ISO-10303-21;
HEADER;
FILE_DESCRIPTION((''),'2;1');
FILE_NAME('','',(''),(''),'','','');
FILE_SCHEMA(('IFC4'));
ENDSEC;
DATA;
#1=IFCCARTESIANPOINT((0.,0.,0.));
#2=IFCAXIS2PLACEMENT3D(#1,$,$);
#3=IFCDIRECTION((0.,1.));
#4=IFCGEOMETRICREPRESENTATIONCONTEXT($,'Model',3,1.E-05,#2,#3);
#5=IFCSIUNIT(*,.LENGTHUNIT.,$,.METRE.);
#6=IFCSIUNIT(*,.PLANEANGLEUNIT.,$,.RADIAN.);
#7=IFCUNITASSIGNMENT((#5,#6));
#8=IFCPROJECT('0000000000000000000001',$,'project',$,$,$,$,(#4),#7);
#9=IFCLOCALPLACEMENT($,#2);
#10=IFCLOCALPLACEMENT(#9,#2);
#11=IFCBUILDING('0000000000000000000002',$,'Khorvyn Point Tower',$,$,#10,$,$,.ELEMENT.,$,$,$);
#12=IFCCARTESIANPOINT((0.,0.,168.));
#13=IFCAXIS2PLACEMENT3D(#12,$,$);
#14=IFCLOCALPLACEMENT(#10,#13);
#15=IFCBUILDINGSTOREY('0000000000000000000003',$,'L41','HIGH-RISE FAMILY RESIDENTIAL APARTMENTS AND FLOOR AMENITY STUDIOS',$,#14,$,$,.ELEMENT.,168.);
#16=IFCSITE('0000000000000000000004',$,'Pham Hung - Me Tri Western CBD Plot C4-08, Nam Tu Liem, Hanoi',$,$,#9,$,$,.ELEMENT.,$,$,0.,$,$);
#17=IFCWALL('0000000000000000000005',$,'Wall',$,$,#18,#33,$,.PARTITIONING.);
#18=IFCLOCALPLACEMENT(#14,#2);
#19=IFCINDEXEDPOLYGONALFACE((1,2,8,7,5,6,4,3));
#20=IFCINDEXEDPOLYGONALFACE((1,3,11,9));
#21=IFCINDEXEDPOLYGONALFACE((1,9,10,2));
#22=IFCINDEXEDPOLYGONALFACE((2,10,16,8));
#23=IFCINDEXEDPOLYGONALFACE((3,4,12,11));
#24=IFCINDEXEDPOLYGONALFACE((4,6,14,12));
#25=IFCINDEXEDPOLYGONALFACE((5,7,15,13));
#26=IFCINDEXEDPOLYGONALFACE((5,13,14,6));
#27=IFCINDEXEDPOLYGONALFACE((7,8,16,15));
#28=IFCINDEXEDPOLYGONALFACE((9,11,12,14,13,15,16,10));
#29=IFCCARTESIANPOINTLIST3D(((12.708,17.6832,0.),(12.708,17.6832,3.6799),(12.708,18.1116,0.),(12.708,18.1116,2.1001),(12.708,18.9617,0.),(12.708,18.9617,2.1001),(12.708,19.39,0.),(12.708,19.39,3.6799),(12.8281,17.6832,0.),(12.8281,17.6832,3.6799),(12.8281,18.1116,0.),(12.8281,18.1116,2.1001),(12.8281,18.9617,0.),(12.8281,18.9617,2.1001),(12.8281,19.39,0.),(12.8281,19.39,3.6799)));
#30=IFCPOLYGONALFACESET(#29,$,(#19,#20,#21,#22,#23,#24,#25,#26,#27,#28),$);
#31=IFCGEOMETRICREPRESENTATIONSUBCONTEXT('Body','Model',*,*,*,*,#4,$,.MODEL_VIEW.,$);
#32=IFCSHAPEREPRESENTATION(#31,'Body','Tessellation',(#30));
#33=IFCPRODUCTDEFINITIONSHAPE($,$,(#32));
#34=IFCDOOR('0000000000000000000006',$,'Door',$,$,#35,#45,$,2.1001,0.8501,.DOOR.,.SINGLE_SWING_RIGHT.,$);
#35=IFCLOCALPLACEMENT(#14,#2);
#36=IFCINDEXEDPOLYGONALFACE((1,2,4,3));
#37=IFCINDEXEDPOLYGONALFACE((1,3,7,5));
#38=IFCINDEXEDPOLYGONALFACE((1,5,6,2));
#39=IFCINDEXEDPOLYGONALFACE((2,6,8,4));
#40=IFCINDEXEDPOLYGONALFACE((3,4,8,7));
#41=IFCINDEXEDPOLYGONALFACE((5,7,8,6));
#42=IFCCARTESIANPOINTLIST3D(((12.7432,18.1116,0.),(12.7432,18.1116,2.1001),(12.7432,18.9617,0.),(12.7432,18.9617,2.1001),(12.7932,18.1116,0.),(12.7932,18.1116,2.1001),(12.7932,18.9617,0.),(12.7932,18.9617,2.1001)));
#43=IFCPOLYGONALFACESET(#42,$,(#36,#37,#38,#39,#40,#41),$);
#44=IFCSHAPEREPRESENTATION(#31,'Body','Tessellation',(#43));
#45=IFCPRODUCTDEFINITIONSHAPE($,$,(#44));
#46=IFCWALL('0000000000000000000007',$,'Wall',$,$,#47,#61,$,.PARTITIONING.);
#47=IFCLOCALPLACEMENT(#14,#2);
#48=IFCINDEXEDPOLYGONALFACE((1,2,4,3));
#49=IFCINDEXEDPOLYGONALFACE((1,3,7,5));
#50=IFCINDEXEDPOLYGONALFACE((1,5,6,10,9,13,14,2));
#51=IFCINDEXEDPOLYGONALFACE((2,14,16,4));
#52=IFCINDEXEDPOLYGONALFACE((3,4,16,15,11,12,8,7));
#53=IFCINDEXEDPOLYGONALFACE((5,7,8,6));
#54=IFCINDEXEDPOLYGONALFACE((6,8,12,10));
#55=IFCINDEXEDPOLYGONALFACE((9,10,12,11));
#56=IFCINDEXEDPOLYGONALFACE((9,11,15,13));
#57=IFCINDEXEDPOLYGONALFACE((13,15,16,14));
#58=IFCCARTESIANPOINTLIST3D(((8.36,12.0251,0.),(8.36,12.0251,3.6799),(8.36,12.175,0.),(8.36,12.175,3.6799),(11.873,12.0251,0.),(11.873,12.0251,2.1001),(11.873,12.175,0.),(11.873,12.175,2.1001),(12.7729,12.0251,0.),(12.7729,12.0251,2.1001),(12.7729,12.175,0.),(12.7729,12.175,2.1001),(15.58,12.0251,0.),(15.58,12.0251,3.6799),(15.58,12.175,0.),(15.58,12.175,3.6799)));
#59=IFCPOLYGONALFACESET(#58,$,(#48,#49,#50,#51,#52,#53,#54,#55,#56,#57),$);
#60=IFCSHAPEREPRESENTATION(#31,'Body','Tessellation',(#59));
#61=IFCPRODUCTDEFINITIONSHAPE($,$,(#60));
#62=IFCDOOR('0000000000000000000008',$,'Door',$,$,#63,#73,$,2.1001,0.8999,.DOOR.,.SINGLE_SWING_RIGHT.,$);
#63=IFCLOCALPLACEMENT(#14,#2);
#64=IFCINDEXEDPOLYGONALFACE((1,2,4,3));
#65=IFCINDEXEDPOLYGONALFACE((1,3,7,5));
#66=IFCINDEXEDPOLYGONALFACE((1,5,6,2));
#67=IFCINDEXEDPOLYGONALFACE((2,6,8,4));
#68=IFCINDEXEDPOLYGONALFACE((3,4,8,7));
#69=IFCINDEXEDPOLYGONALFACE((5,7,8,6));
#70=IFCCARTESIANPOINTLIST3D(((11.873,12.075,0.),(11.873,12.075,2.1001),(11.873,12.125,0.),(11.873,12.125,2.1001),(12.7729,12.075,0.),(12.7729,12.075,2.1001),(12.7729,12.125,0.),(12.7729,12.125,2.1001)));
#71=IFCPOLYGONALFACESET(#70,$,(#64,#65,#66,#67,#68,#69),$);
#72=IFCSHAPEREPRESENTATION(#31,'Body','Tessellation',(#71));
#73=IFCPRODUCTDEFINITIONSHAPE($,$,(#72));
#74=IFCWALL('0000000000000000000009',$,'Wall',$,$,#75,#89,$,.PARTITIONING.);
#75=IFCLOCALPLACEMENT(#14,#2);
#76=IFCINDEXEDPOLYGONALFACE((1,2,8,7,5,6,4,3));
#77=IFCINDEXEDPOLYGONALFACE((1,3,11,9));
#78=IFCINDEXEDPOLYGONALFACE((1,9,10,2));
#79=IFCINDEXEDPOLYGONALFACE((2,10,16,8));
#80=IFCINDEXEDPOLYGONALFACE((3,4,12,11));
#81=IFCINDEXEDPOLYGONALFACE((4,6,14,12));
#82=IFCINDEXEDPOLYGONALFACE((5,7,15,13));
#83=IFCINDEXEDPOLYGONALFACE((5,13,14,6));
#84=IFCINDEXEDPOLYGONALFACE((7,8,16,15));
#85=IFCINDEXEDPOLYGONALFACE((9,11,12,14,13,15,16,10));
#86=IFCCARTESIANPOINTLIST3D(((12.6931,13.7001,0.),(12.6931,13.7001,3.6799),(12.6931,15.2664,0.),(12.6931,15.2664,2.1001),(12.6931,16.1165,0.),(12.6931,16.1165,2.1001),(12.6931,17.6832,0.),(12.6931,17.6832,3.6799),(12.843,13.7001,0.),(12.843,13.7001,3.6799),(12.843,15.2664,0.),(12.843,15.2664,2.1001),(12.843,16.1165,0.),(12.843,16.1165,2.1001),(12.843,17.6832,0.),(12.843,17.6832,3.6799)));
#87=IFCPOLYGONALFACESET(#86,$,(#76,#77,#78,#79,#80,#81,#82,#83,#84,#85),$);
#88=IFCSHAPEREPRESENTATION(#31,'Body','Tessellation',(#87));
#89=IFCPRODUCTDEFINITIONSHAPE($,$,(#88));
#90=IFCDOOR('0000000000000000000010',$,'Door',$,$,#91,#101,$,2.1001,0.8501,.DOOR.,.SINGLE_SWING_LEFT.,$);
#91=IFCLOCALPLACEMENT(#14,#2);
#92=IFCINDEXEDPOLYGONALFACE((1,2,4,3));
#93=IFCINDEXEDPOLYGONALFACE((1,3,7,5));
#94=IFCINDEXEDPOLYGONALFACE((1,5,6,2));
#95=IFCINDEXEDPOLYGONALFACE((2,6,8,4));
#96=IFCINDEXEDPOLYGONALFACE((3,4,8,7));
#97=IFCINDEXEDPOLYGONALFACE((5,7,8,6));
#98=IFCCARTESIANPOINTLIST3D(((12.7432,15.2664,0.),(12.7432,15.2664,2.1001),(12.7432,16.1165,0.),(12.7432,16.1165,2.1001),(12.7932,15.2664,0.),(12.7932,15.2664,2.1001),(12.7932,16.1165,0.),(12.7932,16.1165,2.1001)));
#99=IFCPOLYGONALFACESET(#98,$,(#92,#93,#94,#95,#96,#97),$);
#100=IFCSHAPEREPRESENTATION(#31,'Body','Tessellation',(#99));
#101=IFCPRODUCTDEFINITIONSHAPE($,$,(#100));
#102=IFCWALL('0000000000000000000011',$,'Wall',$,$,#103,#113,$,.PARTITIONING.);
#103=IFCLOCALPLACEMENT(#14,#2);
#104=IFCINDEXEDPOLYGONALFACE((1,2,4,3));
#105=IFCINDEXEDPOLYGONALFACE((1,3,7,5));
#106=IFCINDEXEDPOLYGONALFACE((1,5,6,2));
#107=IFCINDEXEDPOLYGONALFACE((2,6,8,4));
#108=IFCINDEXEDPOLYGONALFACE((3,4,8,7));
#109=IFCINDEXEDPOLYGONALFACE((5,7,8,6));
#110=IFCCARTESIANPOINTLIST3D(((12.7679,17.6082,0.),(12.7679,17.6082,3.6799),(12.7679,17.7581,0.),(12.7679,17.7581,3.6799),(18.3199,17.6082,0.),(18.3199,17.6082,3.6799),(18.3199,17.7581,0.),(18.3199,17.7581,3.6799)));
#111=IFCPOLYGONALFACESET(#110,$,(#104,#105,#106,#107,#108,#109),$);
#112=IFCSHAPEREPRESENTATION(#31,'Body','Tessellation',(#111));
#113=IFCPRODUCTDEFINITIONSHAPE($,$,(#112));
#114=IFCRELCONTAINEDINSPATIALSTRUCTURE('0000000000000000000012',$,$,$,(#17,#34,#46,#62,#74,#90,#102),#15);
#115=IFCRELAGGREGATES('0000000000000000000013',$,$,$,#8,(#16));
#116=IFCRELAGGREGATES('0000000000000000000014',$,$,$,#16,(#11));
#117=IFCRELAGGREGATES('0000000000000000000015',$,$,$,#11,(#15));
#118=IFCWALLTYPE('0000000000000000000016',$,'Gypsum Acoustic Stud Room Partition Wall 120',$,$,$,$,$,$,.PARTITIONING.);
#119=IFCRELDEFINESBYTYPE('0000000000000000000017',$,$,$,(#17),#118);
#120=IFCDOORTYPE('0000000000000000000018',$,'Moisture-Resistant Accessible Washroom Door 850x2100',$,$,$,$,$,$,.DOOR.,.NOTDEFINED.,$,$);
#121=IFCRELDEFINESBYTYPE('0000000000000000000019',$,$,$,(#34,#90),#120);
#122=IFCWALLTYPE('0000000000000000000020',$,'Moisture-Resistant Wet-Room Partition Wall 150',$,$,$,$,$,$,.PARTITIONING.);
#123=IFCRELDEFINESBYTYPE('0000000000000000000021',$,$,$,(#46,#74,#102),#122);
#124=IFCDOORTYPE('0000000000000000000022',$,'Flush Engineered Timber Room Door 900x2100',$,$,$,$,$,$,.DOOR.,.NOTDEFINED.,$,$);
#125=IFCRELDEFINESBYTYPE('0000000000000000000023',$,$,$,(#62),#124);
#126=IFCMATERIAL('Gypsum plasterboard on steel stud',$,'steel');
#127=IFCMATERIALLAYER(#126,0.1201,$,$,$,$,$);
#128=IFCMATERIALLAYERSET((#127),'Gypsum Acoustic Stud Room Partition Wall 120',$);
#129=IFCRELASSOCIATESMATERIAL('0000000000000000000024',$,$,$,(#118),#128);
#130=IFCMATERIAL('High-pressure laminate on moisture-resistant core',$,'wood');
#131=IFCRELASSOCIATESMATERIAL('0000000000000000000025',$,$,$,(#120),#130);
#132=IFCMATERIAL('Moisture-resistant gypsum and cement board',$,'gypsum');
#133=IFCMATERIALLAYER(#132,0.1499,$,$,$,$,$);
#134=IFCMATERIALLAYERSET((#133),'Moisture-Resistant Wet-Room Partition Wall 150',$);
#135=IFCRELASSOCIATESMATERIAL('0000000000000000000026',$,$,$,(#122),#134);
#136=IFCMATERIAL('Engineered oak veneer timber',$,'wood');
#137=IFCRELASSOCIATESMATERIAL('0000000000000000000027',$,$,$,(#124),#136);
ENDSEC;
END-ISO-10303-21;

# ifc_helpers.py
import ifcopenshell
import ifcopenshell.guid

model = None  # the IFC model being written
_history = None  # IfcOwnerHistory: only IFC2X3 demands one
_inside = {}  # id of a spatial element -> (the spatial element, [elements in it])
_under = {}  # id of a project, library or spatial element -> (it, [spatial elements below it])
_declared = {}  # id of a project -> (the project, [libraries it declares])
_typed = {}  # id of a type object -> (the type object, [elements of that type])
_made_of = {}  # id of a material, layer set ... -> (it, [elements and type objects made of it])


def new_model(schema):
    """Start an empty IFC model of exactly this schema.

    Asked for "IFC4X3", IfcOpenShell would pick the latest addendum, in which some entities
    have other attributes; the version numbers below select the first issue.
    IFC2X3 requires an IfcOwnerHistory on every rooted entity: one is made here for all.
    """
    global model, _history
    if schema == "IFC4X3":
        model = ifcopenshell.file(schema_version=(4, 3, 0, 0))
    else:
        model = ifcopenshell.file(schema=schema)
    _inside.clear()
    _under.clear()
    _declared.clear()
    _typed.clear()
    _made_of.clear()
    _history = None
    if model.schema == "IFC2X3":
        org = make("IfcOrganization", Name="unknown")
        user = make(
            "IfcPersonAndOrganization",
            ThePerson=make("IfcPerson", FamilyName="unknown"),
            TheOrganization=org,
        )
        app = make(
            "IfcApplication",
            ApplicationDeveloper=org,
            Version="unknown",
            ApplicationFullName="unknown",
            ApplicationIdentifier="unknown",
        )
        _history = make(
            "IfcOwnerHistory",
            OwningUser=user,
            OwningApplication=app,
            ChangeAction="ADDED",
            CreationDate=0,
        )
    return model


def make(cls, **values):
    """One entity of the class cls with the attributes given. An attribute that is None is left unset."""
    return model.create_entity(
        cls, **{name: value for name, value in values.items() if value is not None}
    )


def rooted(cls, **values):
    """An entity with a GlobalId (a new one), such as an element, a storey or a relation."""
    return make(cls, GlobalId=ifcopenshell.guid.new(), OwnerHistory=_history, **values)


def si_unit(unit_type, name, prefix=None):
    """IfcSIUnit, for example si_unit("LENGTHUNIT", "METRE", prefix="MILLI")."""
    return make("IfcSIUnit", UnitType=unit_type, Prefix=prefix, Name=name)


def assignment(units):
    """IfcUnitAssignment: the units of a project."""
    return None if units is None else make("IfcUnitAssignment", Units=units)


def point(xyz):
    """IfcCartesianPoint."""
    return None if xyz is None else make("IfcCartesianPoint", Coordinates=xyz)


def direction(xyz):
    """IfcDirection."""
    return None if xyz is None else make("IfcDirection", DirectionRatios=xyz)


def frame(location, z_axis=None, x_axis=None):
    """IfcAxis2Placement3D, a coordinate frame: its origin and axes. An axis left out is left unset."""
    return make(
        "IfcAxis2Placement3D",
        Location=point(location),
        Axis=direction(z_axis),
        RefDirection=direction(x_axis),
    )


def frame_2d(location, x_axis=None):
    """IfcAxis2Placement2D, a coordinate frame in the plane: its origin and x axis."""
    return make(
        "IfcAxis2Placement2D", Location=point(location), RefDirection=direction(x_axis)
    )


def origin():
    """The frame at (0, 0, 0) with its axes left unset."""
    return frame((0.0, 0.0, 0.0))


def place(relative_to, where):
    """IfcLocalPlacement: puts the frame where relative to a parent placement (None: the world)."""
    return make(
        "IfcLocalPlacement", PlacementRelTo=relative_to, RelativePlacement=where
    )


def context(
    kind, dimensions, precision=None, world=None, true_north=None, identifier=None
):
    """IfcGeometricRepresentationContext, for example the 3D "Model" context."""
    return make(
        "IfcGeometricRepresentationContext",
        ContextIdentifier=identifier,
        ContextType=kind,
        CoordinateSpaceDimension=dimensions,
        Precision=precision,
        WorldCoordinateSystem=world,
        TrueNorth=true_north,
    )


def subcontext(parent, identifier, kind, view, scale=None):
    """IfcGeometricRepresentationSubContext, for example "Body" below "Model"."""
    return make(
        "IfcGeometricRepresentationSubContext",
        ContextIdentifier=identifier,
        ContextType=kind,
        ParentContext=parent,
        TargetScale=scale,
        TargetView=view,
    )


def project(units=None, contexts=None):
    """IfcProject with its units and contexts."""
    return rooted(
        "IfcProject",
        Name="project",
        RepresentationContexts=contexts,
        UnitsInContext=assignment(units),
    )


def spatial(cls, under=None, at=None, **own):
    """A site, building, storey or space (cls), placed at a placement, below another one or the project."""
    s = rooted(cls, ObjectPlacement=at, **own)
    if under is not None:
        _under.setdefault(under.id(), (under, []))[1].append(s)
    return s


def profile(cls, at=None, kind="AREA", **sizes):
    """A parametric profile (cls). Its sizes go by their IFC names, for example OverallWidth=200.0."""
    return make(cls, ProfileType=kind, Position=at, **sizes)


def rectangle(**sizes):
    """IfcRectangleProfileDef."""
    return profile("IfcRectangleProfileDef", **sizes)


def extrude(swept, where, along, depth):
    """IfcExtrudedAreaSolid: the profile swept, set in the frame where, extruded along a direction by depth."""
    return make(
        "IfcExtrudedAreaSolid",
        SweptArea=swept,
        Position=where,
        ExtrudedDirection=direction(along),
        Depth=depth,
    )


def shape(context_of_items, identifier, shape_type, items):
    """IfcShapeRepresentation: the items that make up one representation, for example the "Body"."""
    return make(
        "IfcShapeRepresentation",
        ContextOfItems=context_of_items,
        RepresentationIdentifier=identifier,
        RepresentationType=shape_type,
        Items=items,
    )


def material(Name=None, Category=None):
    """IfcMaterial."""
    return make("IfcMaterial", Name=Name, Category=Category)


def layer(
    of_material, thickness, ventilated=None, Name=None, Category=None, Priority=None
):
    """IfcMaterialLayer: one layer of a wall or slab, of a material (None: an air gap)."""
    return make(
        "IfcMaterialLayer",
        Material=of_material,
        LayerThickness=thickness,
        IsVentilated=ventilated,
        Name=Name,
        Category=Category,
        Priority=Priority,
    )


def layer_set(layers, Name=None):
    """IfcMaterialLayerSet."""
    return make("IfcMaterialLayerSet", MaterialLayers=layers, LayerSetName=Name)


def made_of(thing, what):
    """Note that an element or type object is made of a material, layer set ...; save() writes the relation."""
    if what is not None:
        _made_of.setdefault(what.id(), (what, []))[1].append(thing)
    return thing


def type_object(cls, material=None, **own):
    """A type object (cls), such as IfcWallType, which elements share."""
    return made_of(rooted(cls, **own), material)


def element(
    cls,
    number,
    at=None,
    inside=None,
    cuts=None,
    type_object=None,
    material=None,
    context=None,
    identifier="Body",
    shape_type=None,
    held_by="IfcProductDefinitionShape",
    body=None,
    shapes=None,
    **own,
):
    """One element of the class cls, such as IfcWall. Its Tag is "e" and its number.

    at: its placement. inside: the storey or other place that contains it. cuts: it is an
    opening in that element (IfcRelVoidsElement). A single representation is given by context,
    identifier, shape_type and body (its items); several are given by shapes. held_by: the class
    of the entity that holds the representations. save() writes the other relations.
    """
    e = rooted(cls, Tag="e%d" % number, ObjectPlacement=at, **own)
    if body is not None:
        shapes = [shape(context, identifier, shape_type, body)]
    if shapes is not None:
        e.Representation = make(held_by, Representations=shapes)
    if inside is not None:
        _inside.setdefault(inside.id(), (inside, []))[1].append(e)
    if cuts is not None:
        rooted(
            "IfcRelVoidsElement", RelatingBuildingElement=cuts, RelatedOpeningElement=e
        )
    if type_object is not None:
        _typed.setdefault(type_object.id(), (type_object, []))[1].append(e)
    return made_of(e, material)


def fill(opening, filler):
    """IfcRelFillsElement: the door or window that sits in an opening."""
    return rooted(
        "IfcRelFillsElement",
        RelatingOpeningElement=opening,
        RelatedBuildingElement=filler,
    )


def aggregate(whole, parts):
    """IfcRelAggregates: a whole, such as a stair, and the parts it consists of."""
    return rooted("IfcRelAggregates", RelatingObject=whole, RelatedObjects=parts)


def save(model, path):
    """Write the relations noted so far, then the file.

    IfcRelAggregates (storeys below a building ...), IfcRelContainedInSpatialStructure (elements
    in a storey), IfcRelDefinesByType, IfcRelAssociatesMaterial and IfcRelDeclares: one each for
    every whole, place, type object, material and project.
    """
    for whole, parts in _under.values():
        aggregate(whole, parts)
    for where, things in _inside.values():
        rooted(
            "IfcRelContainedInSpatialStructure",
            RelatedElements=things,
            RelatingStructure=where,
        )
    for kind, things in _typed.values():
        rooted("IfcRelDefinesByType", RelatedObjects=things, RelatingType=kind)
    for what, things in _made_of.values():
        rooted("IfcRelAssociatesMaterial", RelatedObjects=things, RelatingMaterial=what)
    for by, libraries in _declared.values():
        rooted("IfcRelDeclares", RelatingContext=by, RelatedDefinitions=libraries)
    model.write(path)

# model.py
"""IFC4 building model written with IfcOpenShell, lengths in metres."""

from ifc_helpers import new_model, si_unit, direction, frame, frame_2d, origin, place, context, subcontext, project, spatial, rectangle, extrude, material, layer, layer_set, type_object, element, fill, save


model = new_model("IFC4")

# Units and contexts
model_context = context("Model", 3, precision=1e-05, world=origin(), true_north=direction((0.0, 1.0)))
body_context = subcontext(model_context, "Body", "Model", "MODEL_VIEW")
ifc_project = project(units=[si_unit("LENGTHUNIT", "METRE"), si_unit("PLANEANGLEUNIT", "RADIAN")], contexts=[model_context])

# Site, building, storey
site_placement = place(None, origin())
site = spatial("IfcSite", under=ifc_project, at=site_placement, Name="Pham Hung - Me Tri Western CBD Plot C4-08, Nam Tu Liem, Hanoi", CompositionType="ELEMENT", RefElevation=0.0)
building_placement = place(site_placement, origin())
building = spatial("IfcBuilding", under=site, at=building_placement, Name="Khorvyn Point Tower", CompositionType="ELEMENT")
storey_placement = place(building_placement, frame((0.0, 0.0, 168.0)))
storey = spatial("IfcBuildingStorey", under=building, at=storey_placement, Name="L41", Description="HIGH-RISE FAMILY RESIDENTIAL APARTMENTS AND FLOOR AMENITY STUDIOS", CompositionType="ELEMENT", Elevation=168.0)

# Walls, openings, doors
ifc_material_1 = material(Name="Gypsum plasterboard on steel stud", Category="steel")
ifc_layer_1 = layer(ifc_material_1, 0.1201)
ifc_layer_set_1 = layer_set([ifc_layer_1], Name="Gypsum Acoustic Stud Room Partition Wall 120")
wall_type_1 = type_object("IfcWallType", Name="Gypsum Acoustic Stud Room Partition Wall 120", PredefinedType="PARTITIONING", material=ifc_layer_set_1)
wall_1_placement = place(storey_placement, frame((12.7681, 17.6831, 0.0), z_axis=(0.0, 0.0, 1.0), x_axis=(0.0, 1.0, 0.0)))
wall_1 = element("IfcWall", 1, at=wall_1_placement, inside=storey, type_object=wall_type_1, Name="Wall", PredefinedType="PARTITIONING", context=body_context, shape_type="SweptSolid", body=[
    extrude(rectangle(XDim=1.7068, YDim=0.1201, at=frame_2d((0.8535, 0.0))), origin(), (0.0, 0.0, 1.0), 3.6799),
])
opening_1_placement = place(wall_1_placement, frame((0.4285, 0.0, 0.0)))
opening_1 = element("IfcOpeningElement", 2, at=opening_1_placement, cuts=wall_1, PredefinedType="OPENING", context=body_context, shape_type="SweptSolid", body=[
    extrude(rectangle(XDim=0.8501, YDim=2.1001, at=frame_2d((0.425, 1.05))), frame((0.0, 0.0701, 0.0), z_axis=(0.0, -1.0, 0.0), x_axis=(1.0, 0.0, 0.0)), (0.0, 0.0, 1.0), 0.1401),
])
ifc_material_2 = material(Name="High-pressure laminate on moisture-resistant core", Category="wood")
door_type_1 = type_object("IfcDoorType", Name="Moisture-Resistant Accessible Washroom Door 850x2100", OperationType="NOTDEFINED", PredefinedType="DOOR", material=ifc_material_2)
door_1_placement = place(opening_1_placement, origin())
door_1 = element("IfcDoor", 3, at=door_1_placement, inside=storey, type_object=door_type_1, Name="Door", OperationType="SINGLE_SWING_RIGHT", OverallHeight=2.1001, OverallWidth=0.8501, PredefinedType="DOOR", context=body_context, shape_type="SweptSolid", body=[
    extrude(rectangle(XDim=0.8501, YDim=2.1001, at=frame_2d((0.425, 1.05))), frame((0.0, 0.0249, 0.0), z_axis=(0.0, -1.0, 0.0), x_axis=(1.0, 0.0, 0.0)), (0.0, 0.0, 1.0), 0.05),
])
fill(opening_1, door_1)
ifc_material_3 = material(Name="Moisture-resistant gypsum and cement board", Category="gypsum")
ifc_layer_2 = layer(ifc_material_3, 0.1499)
ifc_layer_set_2 = layer_set([ifc_layer_2], Name="Moisture-Resistant Wet-Room Partition Wall 150")
wall_type_2 = type_object("IfcWallType", Name="Moisture-Resistant Wet-Room Partition Wall 150", PredefinedType="PARTITIONING", material=ifc_layer_set_2)
wall_2_placement = place(storey_placement, frame((8.3601, 12.1001, 0.0), z_axis=(0.0, 0.0, 1.0), x_axis=(1.0, 0.0, 0.0)))
wall_2 = element("IfcWall", 4, at=wall_2_placement, inside=storey, type_object=wall_type_2, Name="Wall", PredefinedType="PARTITIONING", context=body_context, shape_type="SweptSolid", body=[
    extrude(rectangle(XDim=7.22, YDim=0.1499, at=frame_2d((3.6099, 0.0))), origin(), (0.0, 0.0, 1.0), 3.6799),
])
opening_2_placement = place(wall_2_placement, frame((3.5129, 0.0, 0.0)))
opening_2 = element("IfcOpeningElement", 5, at=opening_2_placement, cuts=wall_2, PredefinedType="OPENING", context=body_context, shape_type="SweptSolid", body=[
    extrude(rectangle(XDim=0.8999, YDim=2.1001, at=frame_2d((0.45, 1.05))), frame((0.0, 0.085, 0.0), z_axis=(0.0, -1.0, 0.0), x_axis=(1.0, 0.0, 0.0)), (0.0, 0.0, 1.0), 0.1699),
])
ifc_material_4 = material(Name="Engineered oak veneer timber", Category="wood")
door_type_2 = type_object("IfcDoorType", Name="Flush Engineered Timber Room Door 900x2100", OperationType="NOTDEFINED", PredefinedType="DOOR", material=ifc_material_4)
door_2_placement = place(opening_2_placement, origin())
door_2 = element("IfcDoor", 6, at=door_2_placement, inside=storey, type_object=door_type_2, Name="Door", OperationType="SINGLE_SWING_RIGHT", OverallHeight=2.1001, OverallWidth=0.8999, PredefinedType="DOOR", context=body_context, shape_type="SweptSolid", body=[
    extrude(rectangle(XDim=0.8999, YDim=2.1001, at=frame_2d((0.45, 1.05))), frame((0.0, 0.0249, 0.0), z_axis=(0.0, -1.0, 0.0), x_axis=(1.0, 0.0, 0.0)), (0.0, 0.0, 1.0), 0.05),
])
fill(opening_2, door_2)
wall_3_placement = place(storey_placement, frame((12.7681, 13.7, 0.0), z_axis=(0.0, 0.0, 1.0), x_axis=(0.0, 1.0, 0.0)))
wall_3 = element("IfcWall", 7, at=wall_3_placement, inside=storey, type_object=wall_type_2, Name="Wall", PredefinedType="PARTITIONING", context=body_context, shape_type="SweptSolid", body=[
    extrude(rectangle(XDim=3.9832, YDim=0.1499, at=frame_2d((1.9917, 0.0))), origin(), (0.0, 0.0, 1.0), 3.6799),
])
opening_3_placement = place(wall_3_placement, frame((1.5664, 0.0, 0.0)))
opening_3 = element("IfcOpeningElement", 8, at=opening_3_placement, cuts=wall_3, PredefinedType="OPENING", context=body_context, shape_type="SweptSolid", body=[
    extrude(rectangle(XDim=0.8501, YDim=2.1001, at=frame_2d((0.425, 1.05))), frame((0.0, 0.085, 0.0), z_axis=(0.0, -1.0, 0.0), x_axis=(1.0, 0.0, 0.0)), (0.0, 0.0, 1.0), 0.1699),
])
door_3_placement = place(opening_3_placement, origin())
door_3 = element("IfcDoor", 9, at=door_3_placement, inside=storey, type_object=door_type_1, Name="Door", OperationType="SINGLE_SWING_LEFT", OverallHeight=2.1001, OverallWidth=0.8501, PredefinedType="DOOR", context=body_context, shape_type="SweptSolid", body=[
    extrude(rectangle(XDim=0.8501, YDim=2.1001, at=frame_2d((0.425, 1.05))), frame((0.0, 0.0249, 0.0), z_axis=(0.0, -1.0, 0.0), x_axis=(1.0, 0.0, 0.0)), (0.0, 0.0, 1.0), 0.05),
])
fill(opening_3, door_3)

# Wall
wall_4_placement = place(storey_placement, frame((12.7681, 17.6831, 0.0), z_axis=(0.0, 0.0, 1.0), x_axis=(1.0, 0.0, 0.0)))
element("IfcWall", 10, at=wall_4_placement, inside=storey, type_object=wall_type_2, Name="Wall", PredefinedType="PARTITIONING", context=body_context, shape_type="SweptSolid", body=[
    extrude(rectangle(XDim=5.552, YDim=0.1499, at=frame_2d((2.7759, 0.0))), origin(), (0.0, 0.0, 1.0), 3.6799),
])

save(model, "model.ifc")
